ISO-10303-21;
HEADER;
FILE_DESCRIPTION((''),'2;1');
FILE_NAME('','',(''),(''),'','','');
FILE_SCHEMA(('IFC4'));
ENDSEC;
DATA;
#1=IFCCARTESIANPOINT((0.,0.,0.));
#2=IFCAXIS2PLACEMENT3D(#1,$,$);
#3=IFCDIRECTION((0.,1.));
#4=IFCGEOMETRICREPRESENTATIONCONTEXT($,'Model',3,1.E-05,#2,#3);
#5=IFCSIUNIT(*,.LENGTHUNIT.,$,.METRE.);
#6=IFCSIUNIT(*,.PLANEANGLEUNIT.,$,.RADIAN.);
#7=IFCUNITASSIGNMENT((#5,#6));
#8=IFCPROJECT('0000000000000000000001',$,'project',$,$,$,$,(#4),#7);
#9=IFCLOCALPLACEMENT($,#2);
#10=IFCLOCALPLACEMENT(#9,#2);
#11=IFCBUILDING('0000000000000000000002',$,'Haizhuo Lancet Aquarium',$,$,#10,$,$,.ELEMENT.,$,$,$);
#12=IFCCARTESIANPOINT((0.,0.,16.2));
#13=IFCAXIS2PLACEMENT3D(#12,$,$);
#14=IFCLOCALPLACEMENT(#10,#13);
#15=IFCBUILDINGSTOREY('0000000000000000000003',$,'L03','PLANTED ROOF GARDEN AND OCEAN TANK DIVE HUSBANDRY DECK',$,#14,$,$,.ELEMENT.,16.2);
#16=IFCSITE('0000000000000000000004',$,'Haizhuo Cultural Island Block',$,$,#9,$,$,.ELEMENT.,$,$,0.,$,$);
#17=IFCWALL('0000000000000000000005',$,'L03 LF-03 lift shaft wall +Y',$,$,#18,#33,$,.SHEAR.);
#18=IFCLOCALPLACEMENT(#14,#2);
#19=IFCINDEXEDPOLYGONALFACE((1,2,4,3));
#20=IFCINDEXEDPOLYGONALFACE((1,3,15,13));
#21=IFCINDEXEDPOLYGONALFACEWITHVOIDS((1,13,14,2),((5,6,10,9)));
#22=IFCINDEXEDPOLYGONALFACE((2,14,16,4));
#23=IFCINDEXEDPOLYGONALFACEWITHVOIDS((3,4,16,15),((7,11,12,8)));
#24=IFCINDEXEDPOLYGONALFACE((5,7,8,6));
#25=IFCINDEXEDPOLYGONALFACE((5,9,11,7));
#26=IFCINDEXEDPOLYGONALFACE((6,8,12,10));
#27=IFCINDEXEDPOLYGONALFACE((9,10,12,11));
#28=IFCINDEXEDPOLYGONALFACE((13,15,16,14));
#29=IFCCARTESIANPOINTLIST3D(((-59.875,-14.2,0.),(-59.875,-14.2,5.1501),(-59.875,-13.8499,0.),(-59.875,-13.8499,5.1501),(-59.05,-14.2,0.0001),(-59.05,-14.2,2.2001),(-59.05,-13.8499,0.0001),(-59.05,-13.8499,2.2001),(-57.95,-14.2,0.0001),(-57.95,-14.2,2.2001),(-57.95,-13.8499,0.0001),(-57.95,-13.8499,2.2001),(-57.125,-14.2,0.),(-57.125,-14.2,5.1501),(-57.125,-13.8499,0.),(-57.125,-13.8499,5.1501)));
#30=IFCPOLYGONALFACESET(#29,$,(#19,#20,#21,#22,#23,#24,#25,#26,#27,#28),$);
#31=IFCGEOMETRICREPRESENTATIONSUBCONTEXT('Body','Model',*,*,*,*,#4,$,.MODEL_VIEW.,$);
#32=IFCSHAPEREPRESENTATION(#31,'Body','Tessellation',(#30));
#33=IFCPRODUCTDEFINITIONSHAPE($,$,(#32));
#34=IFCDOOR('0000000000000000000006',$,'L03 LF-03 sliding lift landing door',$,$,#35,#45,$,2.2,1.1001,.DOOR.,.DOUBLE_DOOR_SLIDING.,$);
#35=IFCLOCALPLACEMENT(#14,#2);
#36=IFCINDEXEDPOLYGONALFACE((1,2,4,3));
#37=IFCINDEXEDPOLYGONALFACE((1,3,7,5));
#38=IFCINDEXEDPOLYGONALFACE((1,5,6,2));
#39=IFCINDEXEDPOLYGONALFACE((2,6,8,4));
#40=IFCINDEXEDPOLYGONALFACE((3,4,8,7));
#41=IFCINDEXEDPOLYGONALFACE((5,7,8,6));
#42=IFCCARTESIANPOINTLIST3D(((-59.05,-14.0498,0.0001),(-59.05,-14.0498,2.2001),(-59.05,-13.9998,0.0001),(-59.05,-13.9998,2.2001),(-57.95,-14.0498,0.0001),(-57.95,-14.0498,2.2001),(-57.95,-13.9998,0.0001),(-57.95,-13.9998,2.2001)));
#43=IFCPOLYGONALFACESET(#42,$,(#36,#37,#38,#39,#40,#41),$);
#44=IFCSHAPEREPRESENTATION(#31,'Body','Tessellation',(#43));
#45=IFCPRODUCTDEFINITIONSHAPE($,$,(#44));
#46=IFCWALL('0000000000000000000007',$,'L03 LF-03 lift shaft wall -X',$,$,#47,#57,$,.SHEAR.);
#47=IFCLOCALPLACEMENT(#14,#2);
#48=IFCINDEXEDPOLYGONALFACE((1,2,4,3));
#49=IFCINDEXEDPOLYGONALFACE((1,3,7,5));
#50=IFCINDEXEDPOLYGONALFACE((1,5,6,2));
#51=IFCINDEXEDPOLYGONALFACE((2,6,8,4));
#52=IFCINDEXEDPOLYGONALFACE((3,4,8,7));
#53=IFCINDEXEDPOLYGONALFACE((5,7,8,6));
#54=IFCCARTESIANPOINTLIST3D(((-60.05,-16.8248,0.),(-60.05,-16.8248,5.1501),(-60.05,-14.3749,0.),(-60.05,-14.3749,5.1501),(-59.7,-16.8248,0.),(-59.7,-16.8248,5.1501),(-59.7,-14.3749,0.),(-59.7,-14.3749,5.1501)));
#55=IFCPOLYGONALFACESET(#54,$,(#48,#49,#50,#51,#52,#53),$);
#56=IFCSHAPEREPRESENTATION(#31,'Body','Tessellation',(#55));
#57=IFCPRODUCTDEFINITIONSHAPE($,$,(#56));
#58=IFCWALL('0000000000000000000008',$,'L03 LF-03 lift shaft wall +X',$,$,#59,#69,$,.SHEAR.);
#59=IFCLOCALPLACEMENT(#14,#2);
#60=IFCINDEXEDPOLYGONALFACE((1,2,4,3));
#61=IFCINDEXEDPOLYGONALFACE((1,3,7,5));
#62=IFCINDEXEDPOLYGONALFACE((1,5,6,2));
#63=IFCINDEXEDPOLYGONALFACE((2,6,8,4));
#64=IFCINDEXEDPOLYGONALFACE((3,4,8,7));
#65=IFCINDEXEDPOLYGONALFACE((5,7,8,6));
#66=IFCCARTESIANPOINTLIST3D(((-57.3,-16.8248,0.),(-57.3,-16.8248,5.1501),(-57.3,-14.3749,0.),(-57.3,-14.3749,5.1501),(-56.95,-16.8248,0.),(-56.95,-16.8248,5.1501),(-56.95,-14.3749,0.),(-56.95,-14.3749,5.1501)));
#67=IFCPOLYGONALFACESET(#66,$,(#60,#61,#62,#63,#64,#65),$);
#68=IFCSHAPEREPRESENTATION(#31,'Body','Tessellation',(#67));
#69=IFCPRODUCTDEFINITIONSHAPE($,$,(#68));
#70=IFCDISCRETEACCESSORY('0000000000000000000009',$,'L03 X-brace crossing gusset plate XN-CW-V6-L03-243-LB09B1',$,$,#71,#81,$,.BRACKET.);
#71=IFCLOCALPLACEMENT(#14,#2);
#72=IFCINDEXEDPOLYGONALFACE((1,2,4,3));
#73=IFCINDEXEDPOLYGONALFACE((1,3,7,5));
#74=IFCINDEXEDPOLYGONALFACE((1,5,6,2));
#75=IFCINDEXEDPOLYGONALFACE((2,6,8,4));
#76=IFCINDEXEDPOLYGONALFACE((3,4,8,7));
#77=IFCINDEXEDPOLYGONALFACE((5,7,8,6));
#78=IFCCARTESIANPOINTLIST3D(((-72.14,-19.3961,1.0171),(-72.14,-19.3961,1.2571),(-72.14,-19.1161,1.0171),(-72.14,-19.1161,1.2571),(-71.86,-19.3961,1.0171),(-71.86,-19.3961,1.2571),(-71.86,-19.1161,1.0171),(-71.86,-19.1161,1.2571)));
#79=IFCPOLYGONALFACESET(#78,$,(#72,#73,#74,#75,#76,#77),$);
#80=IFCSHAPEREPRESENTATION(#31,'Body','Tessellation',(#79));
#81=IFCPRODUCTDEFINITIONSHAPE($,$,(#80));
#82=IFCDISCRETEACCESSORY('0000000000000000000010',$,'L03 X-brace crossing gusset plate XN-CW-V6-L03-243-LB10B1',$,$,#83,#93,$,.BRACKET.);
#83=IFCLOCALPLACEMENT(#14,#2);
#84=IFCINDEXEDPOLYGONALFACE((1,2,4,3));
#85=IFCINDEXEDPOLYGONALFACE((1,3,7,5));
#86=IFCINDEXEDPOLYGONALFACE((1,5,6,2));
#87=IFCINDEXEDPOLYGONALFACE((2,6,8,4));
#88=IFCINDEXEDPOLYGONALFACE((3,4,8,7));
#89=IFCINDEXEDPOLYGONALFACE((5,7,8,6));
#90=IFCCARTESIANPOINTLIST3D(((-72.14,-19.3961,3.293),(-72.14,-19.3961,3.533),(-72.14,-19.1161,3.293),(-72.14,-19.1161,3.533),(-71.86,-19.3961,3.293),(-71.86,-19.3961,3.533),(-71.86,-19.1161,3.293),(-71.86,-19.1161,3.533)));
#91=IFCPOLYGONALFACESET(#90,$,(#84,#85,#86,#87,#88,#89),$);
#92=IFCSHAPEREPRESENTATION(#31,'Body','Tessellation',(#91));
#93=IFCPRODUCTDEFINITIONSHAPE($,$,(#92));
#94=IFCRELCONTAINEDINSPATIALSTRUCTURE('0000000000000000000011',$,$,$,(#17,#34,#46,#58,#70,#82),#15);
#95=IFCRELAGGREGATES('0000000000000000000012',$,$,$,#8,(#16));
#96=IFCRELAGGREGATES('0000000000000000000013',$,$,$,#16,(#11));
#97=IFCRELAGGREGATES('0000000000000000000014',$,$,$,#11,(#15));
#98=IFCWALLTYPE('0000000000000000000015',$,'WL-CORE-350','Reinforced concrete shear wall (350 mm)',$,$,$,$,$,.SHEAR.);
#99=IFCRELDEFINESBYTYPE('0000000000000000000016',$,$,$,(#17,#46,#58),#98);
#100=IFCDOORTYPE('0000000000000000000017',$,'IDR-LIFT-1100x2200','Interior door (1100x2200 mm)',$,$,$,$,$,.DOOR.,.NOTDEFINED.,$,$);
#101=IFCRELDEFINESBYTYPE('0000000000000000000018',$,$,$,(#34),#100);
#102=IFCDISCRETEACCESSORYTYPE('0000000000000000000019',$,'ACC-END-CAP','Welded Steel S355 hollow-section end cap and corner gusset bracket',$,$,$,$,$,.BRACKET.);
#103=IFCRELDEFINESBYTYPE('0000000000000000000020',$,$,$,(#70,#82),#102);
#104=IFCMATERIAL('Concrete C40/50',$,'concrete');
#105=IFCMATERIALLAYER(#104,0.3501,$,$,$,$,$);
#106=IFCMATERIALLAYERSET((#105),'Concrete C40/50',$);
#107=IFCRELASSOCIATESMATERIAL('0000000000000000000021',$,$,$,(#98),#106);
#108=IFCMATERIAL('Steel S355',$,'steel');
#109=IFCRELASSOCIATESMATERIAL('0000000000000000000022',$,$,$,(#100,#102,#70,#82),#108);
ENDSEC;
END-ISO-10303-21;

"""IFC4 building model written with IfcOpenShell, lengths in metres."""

from ifc_helpers import new_model, si_unit, direction, frame, frame_2d, origin, origin_2d, place, context, subcontext, project, spatial, rectangle, extrude, material, layer, layer_set, type_object, element, fill, save


model = new_model("IFC4")

# Units and contexts
model_context = context("Model", 3, precision=1e-05, world=origin(), true_north=direction((0.0, 1.0)))
body_context = subcontext(model_context, "Body", "Model", "MODEL_VIEW")
ifc_project = project(units=[si_unit("LENGTHUNIT", "METRE"), si_unit("PLANEANGLEUNIT", "RADIAN")], contexts=[model_context])

# Site, building, storey
site_placement = place(None, origin())
site = spatial("IfcSite", under=ifc_project, at=site_placement, Name="Haizhuo Cultural Island Block", CompositionType="ELEMENT", RefElevation=0.0)
building_placement = place(site_placement, origin())
building = spatial("IfcBuilding", under=site, at=building_placement, Name="Haizhuo Lancet Aquarium", CompositionType="ELEMENT")
storey_placement = place(building_placement, frame((0.0, 0.0, 16.2)))
storey = spatial("IfcBuildingStorey", under=building, at=storey_placement, Name="L03", Description="PLANTED ROOF GARDEN AND OCEAN TANK DIVE HUSBANDRY DECK", CompositionType="ELEMENT", Elevation=16.2)

# Shared definitions
ifc_material_1 = material(Name="Concrete C40/50", Category="concrete")

# Shared definitions
ifc_material_2 = material(Name="Steel S355", Category="steel")

# Shared definitions
ifc_layer_1 = layer(ifc_material_1, 0.3501)
ifc_layer_set_1 = layer_set([ifc_layer_1], Name="Concrete C40/50")
wall_type_1 = type_object("IfcWallType", Name="WL-CORE-350", Description="Reinforced concrete shear wall (350 mm)", PredefinedType="SHEAR", material=ifc_layer_set_1)

# Wall, opening, door
wall_1_placement = place(storey_placement, frame((-57.125, -14.0249, 0.0), z_axis=(0.0, 0.0, 1.0), x_axis=(-1.0, 0.0, 0.0)))
wall_1 = element("IfcWall", 1, at=wall_1_placement, inside=storey, type_object=wall_type_1, Name="L03 LF-03 lift shaft wall +Y", PredefinedType="SHEAR", context=body_context, shape_type="SweptSolid", body=[
    extrude(rectangle(XDim=2.75, YDim=0.3501, at=frame_2d((1.375, 0.0))), origin(), (0.0, 0.0, 1.0), 5.1501),
])
opening_1_placement = place(wall_1_placement, frame((0.825, 0.0, 0.0)))
opening_1 = element("IfcOpeningElement", 2, at=opening_1_placement, cuts=wall_1, PredefinedType="OPENING", context=body_context, shape_type="SweptSolid", body=[
    extrude(rectangle(XDim=1.1001, YDim=2.2, at=frame_2d((0.55, 1.1001))), frame((0.0, 0.1851, 0.0), z_axis=(0.0, -1.0, 0.0), x_axis=(1.0, 0.0, 0.0)), (0.0, 0.0, 1.0), 0.3701),
])
door_type_1 = type_object("IfcDoorType", Name="IDR-LIFT-1100x2200", Description="Interior door (1100x2200 mm)", OperationType="NOTDEFINED", PredefinedType="DOOR", material=ifc_material_2)
door_1_placement = place(opening_1_placement, origin())
door_1 = element("IfcDoor", 3, at=door_1_placement, inside=storey, type_object=door_type_1, Name="L03 LF-03 sliding lift landing door", OperationType="DOUBLE_DOOR_SLIDING", OverallHeight=2.2, OverallWidth=1.1001, PredefinedType="DOOR", context=body_context, shape_type="SweptSolid", body=[
    extrude(rectangle(XDim=1.1001, YDim=2.2, at=frame_2d((0.55, 1.1001))), frame((0.0, 0.0249, 0.0), z_axis=(0.0, -1.0, 0.0), x_axis=(1.0, 0.0, 0.0)), (0.0, 0.0, 1.0), 0.05),
])
fill(opening_1, door_1)

# Walls
for number, where, z_axis, x_axis, name in (
    (4, (-59.875, -16.825, 0.0), (0.0, 0.0, 1.0), (0.0, 1.0, 0.0), "L03 LF-03 lift shaft wall -X"),
    (5, (-57.125, -16.825, 0.0), (0.0, 0.0, 1.0), (0.0, 1.0, 0.0), "L03 LF-03 lift shaft wall +X"),
):
    element("IfcWall", number, at=place(storey_placement, frame(where, z_axis=z_axis, x_axis=x_axis)), inside=storey, type_object=wall_type_1, Name=name, PredefinedType="SHEAR", context=body_context, shape_type="SweptSolid", body=[
        extrude(rectangle(XDim=2.45, YDim=0.3501, at=frame_2d((1.2251, 0.0))), origin(), (0.0, 0.0, 1.0), 5.1501),
    ])

# Discrete accessories
discrete_accessory_type = type_object("IfcDiscreteAccessoryType", Name="ACC-END-CAP", Description="Welded Steel S355 hollow-section end cap and corner gusset bracket", PredefinedType="BRACKET", material=ifc_material_2)
for number, where, z_axis, x_axis, name in (
    (6, (-72.0, -19.2561, 1.0171), (0.0, 0.0, 1.0), (1.0, 0.0, 0.0), "L03 X-brace crossing gusset plate XN-CW-V6-L03-243-LB09B1"),
    (7, (-72.0, -19.2561, 3.293), (0.0, 0.0, 1.0), (1.0, 0.0, 0.0), "L03 X-brace crossing gusset plate XN-CW-V6-L03-243-LB10B1"),
):
    element("IfcDiscreteAccessory", number, at=place(storey_placement, frame(where, z_axis=z_axis, x_axis=x_axis)), inside=storey, type_object=discrete_accessory_type, material=ifc_material_2, Name=name, PredefinedType="BRACKET", context=body_context, shape_type="SweptSolid", body=[
        extrude(rectangle(XDim=0.28, YDim=0.28, at=origin_2d()), origin(), (0.0, 0.0, 1.0), 0.24),
    ])

save(model, "model.ifc")
